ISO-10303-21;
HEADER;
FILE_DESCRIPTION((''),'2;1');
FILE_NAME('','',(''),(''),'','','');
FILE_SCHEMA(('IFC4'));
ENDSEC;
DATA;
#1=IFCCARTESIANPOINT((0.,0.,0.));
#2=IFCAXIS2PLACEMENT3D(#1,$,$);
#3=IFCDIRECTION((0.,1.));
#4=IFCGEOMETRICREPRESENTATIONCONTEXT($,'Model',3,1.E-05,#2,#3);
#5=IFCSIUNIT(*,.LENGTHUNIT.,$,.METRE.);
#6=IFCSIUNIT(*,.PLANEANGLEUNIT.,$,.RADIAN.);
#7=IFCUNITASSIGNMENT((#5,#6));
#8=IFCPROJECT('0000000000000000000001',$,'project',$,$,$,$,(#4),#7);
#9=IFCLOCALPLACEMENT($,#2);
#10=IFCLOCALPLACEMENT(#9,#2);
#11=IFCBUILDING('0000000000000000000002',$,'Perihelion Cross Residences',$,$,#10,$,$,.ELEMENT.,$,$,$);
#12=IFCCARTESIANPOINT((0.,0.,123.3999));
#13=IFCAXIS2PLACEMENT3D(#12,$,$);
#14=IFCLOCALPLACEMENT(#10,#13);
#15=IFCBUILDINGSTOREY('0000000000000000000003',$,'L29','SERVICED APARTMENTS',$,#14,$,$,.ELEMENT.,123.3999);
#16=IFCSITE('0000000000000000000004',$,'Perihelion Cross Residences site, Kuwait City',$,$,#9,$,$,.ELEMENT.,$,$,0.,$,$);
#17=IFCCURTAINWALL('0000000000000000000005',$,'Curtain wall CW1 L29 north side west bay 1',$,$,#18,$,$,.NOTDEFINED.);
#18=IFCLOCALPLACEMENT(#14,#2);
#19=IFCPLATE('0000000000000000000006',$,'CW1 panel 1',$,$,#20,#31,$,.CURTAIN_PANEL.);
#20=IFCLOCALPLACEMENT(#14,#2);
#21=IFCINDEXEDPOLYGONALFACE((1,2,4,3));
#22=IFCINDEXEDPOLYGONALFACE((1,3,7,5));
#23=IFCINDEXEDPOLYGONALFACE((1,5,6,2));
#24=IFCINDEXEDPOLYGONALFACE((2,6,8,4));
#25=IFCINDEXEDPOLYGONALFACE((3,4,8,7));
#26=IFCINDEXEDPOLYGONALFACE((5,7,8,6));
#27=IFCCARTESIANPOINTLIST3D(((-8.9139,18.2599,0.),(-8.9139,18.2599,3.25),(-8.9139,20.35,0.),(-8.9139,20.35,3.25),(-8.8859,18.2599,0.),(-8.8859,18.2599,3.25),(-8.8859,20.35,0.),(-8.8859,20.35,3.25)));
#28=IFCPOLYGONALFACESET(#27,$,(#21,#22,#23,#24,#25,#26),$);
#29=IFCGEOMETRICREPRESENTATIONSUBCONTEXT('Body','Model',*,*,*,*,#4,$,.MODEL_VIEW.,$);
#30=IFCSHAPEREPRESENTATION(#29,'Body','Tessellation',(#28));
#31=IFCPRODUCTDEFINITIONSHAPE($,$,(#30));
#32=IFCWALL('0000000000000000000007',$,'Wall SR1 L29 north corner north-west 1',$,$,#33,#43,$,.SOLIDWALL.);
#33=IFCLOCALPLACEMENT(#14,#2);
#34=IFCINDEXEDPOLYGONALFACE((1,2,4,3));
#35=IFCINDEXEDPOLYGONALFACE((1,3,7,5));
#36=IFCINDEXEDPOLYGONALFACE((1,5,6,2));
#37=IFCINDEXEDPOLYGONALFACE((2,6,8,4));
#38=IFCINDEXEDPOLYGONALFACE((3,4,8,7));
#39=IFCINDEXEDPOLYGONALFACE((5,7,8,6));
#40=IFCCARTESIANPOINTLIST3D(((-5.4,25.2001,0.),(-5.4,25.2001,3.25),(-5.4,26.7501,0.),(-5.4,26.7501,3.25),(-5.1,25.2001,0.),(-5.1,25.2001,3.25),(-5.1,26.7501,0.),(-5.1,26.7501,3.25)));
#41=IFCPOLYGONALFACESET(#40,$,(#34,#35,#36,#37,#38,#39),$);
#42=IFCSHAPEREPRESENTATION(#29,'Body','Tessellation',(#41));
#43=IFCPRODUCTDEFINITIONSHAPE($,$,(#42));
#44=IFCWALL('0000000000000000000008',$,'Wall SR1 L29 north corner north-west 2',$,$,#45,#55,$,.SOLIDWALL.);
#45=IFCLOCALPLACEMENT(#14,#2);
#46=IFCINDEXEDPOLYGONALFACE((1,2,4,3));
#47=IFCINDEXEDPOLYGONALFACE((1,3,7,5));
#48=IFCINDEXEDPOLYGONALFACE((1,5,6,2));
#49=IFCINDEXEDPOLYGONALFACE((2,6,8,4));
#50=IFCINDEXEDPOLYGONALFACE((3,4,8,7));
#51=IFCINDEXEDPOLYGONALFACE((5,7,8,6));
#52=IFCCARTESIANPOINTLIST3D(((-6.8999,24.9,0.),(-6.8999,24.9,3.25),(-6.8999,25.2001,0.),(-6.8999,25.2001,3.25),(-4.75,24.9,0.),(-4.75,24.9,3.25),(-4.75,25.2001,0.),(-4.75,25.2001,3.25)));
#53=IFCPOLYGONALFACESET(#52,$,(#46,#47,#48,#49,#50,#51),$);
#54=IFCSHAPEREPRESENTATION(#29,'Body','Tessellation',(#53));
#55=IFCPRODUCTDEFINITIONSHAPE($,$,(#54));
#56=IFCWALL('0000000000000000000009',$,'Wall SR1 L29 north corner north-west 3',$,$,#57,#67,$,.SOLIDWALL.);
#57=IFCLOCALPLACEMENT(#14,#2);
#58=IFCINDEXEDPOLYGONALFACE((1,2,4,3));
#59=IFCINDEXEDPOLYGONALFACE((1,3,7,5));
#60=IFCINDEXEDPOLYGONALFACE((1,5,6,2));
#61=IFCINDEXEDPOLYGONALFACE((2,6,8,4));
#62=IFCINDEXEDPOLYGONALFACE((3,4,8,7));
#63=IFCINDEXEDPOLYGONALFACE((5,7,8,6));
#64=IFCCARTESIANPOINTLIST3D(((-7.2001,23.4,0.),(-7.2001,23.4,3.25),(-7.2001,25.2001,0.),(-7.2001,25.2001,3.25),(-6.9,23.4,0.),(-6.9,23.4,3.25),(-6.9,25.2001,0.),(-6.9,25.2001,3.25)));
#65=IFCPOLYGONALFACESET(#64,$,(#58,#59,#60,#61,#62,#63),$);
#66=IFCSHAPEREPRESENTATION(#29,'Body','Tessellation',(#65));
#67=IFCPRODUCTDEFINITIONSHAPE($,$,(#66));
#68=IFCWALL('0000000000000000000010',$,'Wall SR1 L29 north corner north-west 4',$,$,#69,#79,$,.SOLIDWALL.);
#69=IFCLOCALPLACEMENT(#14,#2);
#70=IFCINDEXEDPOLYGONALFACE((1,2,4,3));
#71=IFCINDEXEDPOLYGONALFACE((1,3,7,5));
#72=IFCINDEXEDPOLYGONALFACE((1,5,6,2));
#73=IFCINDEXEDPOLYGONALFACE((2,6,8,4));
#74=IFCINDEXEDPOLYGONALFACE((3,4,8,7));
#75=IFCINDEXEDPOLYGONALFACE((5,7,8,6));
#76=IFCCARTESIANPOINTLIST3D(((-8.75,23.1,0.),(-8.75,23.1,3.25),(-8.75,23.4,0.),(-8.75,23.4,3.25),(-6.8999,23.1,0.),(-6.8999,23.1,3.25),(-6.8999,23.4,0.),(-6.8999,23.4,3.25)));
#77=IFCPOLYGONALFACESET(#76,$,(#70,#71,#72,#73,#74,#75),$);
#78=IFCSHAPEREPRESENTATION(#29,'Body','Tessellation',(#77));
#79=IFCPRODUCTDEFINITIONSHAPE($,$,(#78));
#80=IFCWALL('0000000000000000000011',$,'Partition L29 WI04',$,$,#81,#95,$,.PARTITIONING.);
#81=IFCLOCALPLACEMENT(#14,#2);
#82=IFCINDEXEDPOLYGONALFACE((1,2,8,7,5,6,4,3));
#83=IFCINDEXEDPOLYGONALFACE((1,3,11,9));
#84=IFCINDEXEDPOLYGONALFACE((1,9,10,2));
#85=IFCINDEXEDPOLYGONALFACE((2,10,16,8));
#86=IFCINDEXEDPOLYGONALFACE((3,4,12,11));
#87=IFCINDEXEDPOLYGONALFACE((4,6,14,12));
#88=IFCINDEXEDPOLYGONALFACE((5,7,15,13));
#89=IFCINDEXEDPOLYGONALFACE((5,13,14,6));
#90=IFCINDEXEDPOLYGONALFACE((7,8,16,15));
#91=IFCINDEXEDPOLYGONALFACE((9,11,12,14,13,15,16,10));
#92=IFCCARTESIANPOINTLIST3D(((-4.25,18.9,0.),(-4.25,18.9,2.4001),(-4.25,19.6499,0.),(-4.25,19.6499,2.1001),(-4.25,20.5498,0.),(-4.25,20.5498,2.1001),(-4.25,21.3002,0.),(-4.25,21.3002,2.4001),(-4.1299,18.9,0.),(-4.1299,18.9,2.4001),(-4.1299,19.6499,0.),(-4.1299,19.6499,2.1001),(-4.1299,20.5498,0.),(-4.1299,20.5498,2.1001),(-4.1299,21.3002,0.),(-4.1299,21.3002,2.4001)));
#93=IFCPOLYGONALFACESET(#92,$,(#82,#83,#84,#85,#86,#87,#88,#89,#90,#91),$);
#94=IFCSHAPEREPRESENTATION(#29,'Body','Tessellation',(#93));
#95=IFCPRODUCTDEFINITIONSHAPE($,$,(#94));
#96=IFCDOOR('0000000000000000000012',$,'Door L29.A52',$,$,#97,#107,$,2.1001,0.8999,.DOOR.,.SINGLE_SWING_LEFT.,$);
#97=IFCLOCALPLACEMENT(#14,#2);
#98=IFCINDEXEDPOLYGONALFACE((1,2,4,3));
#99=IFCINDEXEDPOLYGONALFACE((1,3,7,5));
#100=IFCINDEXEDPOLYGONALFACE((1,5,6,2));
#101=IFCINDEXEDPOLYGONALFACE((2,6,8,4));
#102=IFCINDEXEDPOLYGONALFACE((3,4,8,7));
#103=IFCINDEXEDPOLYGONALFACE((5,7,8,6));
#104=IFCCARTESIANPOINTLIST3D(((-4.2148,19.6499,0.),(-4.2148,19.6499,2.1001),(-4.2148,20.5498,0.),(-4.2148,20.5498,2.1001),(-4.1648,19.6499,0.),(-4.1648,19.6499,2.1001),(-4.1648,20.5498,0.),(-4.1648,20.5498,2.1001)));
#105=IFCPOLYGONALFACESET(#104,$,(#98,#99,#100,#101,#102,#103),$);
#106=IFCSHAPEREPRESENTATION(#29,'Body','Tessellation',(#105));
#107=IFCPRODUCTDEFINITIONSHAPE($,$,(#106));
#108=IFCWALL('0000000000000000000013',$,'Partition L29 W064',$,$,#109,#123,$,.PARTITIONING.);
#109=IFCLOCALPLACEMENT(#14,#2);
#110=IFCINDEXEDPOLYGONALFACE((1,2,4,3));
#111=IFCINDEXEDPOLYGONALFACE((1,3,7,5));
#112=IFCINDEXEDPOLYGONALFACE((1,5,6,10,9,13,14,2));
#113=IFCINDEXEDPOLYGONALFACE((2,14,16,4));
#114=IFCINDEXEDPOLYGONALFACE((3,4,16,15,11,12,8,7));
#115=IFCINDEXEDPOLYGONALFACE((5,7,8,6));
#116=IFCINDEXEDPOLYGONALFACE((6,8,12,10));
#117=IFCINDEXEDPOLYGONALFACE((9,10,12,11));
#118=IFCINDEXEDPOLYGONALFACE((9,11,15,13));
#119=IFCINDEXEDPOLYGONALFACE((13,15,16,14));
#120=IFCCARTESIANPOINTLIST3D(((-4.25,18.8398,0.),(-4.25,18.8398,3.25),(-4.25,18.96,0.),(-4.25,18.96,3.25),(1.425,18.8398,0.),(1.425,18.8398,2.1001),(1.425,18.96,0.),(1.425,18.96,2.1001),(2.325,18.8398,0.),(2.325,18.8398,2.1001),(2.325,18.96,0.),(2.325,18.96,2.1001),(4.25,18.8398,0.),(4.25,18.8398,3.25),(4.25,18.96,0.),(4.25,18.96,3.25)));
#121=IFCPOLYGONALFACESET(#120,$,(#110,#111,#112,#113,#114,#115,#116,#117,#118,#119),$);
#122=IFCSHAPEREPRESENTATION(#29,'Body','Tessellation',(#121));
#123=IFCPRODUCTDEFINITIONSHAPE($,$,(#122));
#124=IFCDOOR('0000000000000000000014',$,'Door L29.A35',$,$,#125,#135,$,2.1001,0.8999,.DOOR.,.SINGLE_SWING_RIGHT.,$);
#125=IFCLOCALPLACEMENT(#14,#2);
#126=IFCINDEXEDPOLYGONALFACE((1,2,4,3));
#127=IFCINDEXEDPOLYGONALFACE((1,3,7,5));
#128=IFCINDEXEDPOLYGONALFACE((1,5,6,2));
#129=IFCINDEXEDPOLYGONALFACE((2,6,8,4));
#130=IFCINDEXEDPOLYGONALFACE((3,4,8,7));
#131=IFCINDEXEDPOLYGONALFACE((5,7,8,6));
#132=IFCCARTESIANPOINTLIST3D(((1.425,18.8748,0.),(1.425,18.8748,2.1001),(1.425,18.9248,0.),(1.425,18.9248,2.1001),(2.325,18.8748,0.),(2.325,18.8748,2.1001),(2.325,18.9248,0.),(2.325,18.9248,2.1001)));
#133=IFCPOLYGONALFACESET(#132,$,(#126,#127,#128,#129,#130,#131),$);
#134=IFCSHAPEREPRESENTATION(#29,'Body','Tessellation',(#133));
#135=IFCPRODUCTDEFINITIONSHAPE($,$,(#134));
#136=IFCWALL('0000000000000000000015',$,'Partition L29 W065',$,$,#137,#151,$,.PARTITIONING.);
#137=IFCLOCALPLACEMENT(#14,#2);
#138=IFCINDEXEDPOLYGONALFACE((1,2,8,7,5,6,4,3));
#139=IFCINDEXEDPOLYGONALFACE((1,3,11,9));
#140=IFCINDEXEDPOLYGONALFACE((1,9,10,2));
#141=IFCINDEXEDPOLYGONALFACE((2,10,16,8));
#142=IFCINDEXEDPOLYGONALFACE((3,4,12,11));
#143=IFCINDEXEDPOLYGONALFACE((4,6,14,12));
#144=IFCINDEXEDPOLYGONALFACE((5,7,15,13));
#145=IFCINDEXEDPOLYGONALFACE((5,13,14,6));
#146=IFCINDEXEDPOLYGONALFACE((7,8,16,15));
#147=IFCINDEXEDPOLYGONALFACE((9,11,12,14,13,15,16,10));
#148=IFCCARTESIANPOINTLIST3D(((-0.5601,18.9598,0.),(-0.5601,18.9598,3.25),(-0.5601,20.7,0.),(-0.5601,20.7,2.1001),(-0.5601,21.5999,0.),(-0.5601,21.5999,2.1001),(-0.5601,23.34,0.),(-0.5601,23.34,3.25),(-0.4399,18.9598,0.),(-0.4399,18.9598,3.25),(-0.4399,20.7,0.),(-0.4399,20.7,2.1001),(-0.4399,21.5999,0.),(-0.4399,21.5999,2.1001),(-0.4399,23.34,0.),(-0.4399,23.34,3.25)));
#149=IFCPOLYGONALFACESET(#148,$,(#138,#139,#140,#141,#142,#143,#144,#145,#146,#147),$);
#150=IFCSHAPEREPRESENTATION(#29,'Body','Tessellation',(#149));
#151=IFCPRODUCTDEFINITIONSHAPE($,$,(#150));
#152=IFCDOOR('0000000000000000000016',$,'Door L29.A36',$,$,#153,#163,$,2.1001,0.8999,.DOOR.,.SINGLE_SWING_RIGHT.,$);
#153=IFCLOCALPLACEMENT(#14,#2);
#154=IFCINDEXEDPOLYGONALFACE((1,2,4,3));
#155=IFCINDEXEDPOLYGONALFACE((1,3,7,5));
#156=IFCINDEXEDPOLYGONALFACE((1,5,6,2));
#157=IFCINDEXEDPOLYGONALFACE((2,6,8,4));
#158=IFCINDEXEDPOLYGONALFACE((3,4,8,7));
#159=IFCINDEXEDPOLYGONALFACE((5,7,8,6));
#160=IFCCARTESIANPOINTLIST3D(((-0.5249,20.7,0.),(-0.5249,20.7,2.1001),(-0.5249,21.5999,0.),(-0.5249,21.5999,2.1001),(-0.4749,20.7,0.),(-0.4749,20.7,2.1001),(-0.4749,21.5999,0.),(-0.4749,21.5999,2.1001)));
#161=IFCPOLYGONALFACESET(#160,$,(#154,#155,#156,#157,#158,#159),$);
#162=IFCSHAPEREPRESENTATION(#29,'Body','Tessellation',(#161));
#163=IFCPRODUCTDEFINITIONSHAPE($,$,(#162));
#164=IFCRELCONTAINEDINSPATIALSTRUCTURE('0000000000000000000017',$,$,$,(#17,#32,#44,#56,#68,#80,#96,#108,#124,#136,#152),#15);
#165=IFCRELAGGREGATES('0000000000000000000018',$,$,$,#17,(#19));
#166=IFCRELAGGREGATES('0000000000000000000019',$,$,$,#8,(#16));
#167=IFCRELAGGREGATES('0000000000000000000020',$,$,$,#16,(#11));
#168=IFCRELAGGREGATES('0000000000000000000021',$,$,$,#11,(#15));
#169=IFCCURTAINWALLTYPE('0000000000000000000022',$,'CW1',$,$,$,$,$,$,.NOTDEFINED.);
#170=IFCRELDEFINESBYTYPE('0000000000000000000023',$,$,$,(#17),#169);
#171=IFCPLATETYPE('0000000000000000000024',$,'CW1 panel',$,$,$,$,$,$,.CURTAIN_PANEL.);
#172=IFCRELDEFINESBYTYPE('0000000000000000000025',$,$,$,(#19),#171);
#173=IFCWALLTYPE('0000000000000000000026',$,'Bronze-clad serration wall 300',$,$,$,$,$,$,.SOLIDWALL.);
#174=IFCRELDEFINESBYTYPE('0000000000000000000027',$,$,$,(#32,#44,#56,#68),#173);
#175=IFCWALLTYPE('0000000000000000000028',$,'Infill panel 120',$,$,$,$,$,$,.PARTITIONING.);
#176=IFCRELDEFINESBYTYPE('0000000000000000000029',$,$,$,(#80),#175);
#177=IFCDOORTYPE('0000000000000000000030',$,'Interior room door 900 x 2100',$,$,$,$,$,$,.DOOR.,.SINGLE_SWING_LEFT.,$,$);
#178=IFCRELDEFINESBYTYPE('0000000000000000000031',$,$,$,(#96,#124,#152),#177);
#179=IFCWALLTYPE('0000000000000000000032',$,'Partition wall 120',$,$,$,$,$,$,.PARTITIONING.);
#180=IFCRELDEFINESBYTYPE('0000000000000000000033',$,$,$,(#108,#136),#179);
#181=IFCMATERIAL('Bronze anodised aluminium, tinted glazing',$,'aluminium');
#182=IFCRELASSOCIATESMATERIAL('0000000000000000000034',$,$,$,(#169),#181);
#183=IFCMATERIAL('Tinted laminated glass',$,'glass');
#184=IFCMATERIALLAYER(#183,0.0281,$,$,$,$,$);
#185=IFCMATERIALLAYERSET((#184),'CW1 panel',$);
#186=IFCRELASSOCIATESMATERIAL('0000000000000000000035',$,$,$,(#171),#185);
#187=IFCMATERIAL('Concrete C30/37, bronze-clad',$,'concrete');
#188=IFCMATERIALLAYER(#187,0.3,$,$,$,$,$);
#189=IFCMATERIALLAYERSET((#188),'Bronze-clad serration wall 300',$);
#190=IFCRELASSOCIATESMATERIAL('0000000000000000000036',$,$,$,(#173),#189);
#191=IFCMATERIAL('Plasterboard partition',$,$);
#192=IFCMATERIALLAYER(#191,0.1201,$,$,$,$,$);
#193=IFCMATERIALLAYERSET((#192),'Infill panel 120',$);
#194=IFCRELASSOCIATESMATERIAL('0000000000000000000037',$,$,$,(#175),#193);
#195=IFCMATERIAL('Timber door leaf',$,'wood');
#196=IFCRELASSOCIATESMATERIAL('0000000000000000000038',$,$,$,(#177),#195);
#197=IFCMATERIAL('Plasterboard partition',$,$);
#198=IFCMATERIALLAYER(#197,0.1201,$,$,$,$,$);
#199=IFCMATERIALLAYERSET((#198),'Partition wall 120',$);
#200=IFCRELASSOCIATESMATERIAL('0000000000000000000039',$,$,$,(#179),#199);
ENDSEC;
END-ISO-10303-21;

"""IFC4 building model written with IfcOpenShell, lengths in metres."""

from ifc_helpers import new_model, si_unit, direction, frame, frame_2d, origin, origin_2d, place, context, subcontext, project, spatial, rectangle, extrude, material, layer, layer_set, type_object, element, fill, aggregate, save


model = new_model("IFC4")

# Units and contexts
model_context = context("Model", 3, precision=1e-05, world=origin(), true_north=direction((0.0, 1.0)))
body_context = subcontext(model_context, "Body", "Model", "MODEL_VIEW")
ifc_project = project(units=[si_unit("LENGTHUNIT", "METRE"), si_unit("PLANEANGLEUNIT", "RADIAN")], contexts=[model_context])

# Site, building, storey
site_placement = place(None, origin())
site = spatial("IfcSite", under=ifc_project, at=site_placement, Name="Perihelion Cross Residences site, Kuwait City", CompositionType="ELEMENT", RefElevation=0.0)
building_placement = place(site_placement, origin())
building = spatial("IfcBuilding", under=site, at=building_placement, Name="Perihelion Cross Residences", CompositionType="ELEMENT")
storey_placement = place(building_placement, frame((0.0, 0.0, 123.3999)))
storey = spatial("IfcBuildingStorey", under=building, at=storey_placement, Name="L29", Description="SERVICED APARTMENTS", CompositionType="ELEMENT", Elevation=123.3999)

# Curtain wall
ifc_material_1 = material(Name="Bronze anodised aluminium, tinted glazing", Category="aluminium")
curtain_wall_type = type_object("IfcCurtainWallType", Name="CW1", PredefinedType="NOTDEFINED", material=ifc_material_1)
curtain_wall_1_placement = place(storey_placement, origin())
curtain_wall_1 = element("IfcCurtainWall", 1, at=curtain_wall_1_placement, inside=storey, type_object=curtain_wall_type, Name="Curtain wall CW1 L29 north side west bay 1", PredefinedType="NOTDEFINED")

# Plate
ifc_material_2 = material(Name="Tinted laminated glass", Category="glass")
ifc_layer_1 = layer(ifc_material_2, 0.0281)
ifc_layer_set_1 = layer_set([ifc_layer_1], Name="CW1 panel")
plate_type = type_object("IfcPlateType", Name="CW1 panel", PredefinedType="CURTAIN_PANEL", material=ifc_layer_set_1)
plate_1_placement = place(storey_placement, frame((-8.8999, 19.3049, 0.0), z_axis=(0.0, 0.0, 1.0), x_axis=(0.0, -1.0, 0.0)))
plate_1 = element("IfcPlate", 2, at=plate_1_placement, type_object=plate_type, Name="CW1 panel 1", PredefinedType="CURTAIN_PANEL", context=body_context, shape_type="SweptSolid", body=[
    extrude(rectangle(XDim=2.0901, YDim=0.0281, at=origin_2d()), origin(), (0.0, 0.0, 1.0), 3.25),
])
aggregate(curtain_wall_1, [plate_1])

# Walls
ifc_material_3 = material(Name="Concrete C30/37, bronze-clad", Category="concrete")
ifc_layer_2 = layer(ifc_material_3, 0.3)
ifc_layer_set_2 = layer_set([ifc_layer_2], Name="Bronze-clad serration wall 300")
wall_type_1 = type_object("IfcWallType", Name="Bronze-clad serration wall 300", PredefinedType="SOLIDWALL", material=ifc_layer_set_2)
wall_1_placement = place(storey_placement, frame((-5.25, 26.75, 0.0), z_axis=(0.0, 0.0, 1.0), x_axis=(0.0, -1.0, 0.0)))
element("IfcWall", 3, at=wall_1_placement, inside=storey, type_object=wall_type_1, Name="Wall SR1 L29 north corner north-west 1", PredefinedType="SOLIDWALL", context=body_context, shape_type="SweptSolid", body=[
    extrude(rectangle(XDim=1.55, YDim=0.3, at=frame_2d((0.7749, 0.0))), origin(), (0.0, 0.0, 1.0), 3.25),
])
wall_2_placement = place(storey_placement, frame((-4.75, 25.05, 0.0), z_axis=(0.0, 0.0, 1.0), x_axis=(-1.0, 0.0, 0.0)))
element("IfcWall", 4, at=wall_2_placement, inside=storey, type_object=wall_type_1, Name="Wall SR1 L29 north corner north-west 2", PredefinedType="SOLIDWALL", context=body_context, shape_type="SweptSolid", body=[
    extrude(rectangle(XDim=2.1499, YDim=0.3, at=frame_2d((1.075, 0.0))), origin(), (0.0, 0.0, 1.0), 3.25),
])
wall_3_placement = place(storey_placement, frame((-7.05, 25.2, 0.0), z_axis=(0.0, 0.0, 1.0), x_axis=(0.0, -1.0, 0.0)))
element("IfcWall", 5, at=wall_3_placement, inside=storey, type_object=wall_type_1, Name="Wall SR1 L29 north corner north-west 3", PredefinedType="SOLIDWALL", context=body_context, shape_type="SweptSolid", body=[
    extrude(rectangle(XDim=1.8, YDim=0.3, at=frame_2d((0.8999, 0.0))), origin(), (0.0, 0.0, 1.0), 3.25),
])
wall_4_placement = place(storey_placement, frame((-6.8999, 23.25, 0.0), z_axis=(0.0, 0.0, 1.0), x_axis=(-1.0, 0.0, 0.0)))
element("IfcWall", 6, at=wall_4_placement, inside=storey, type_object=wall_type_1, Name="Wall SR1 L29 north corner north-west 4", PredefinedType="SOLIDWALL", context=body_context, shape_type="SweptSolid", body=[
    extrude(rectangle(XDim=1.8501, YDim=0.3, at=frame_2d((0.925, 0.0))), origin(), (0.0, 0.0, 1.0), 3.25),
])

# Walls, openings, doors
ifc_material_4 = material(Name="Plasterboard partition")
ifc_layer_3 = layer(ifc_material_4, 0.1201)
ifc_layer_set_3 = layer_set([ifc_layer_3], Name="Infill panel 120")
wall_type_2 = type_object("IfcWallType", Name="Infill panel 120", PredefinedType="PARTITIONING", material=ifc_layer_set_3)
wall_5_placement = place(storey_placement, frame((-4.1899, 18.8999, 0.0), z_axis=(0.0, 0.0, 1.0), x_axis=(0.0, 1.0, 0.0)))
wall_5 = element("IfcWall", 7, at=wall_5_placement, inside=storey, type_object=wall_type_2, Name="Partition L29 WI04", PredefinedType="PARTITIONING", context=body_context, shape_type="SweptSolid", body=[
    extrude(rectangle(XDim=2.4001, YDim=0.1201, at=frame_2d((1.2002, 0.0))), origin(), (0.0, 0.0, 1.0), 2.4001),
])
opening_1_placement = place(wall_5_placement, frame((0.75, 0.0, 0.0)))
opening_1 = element("IfcOpeningElement", 8, at=opening_1_placement, cuts=wall_5, PredefinedType="OPENING", context=body_context, shape_type="SweptSolid", body=[
    extrude(rectangle(XDim=0.8999, YDim=2.1001, at=frame_2d((0.45, 1.05))), frame((0.0, 0.0701, 0.0), z_axis=(0.0, -1.0, 0.0), x_axis=(1.0, 0.0, 0.0)), (0.0, 0.0, 1.0), 0.1401),
])
ifc_material_5 = material(Name="Timber door leaf", Category="wood")
door_type_1 = type_object("IfcDoorType", Name="Interior room door 900 x 2100", OperationType="SINGLE_SWING_LEFT", PredefinedType="DOOR", material=ifc_material_5)
door_1_placement = place(opening_1_placement, origin())
door_1 = element("IfcDoor", 9, at=door_1_placement, inside=storey, type_object=door_type_1, Name="Door L29.A52", OperationType="SINGLE_SWING_LEFT", OverallHeight=2.1001, OverallWidth=0.8999, PredefinedType="DOOR", context=body_context, shape_type="SweptSolid", body=[
    extrude(rectangle(XDim=0.8999, YDim=2.1001, at=frame_2d((0.45, 1.05))), frame((0.0, 0.0249, 0.0), z_axis=(0.0, -1.0, 0.0), x_axis=(1.0, 0.0, 0.0)), (0.0, 0.0, 1.0), 0.05),
])
fill(opening_1, door_1)
ifc_material_6 = material(Name="Plasterboard partition")
ifc_layer_4 = layer(ifc_material_6, 0.1201)
ifc_layer_set_4 = layer_set([ifc_layer_4], Name="Partition wall 120")
wall_type_3 = type_object("IfcWallType", Name="Partition wall 120", PredefinedType="PARTITIONING", material=ifc_layer_set_4)
wall_6_placement = place(storey_placement, frame((-4.25, 18.8999, 0.0), z_axis=(0.0, 0.0, 1.0), x_axis=(1.0, 0.0, 0.0)))
wall_6 = element("IfcWall", 10, at=wall_6_placement, inside=storey, type_object=wall_type_3, Name="Partition L29 W064", PredefinedType="PARTITIONING", context=body_context, shape_type="SweptSolid", body=[
    extrude(rectangle(XDim=8.5, YDim=0.1201, at=frame_2d((4.25, 0.0))), origin(), (0.0, 0.0, 1.0), 3.25),
])
opening_2_placement = place(wall_6_placement, frame((5.675, 0.0, 0.0)))
opening_2 = element("IfcOpeningElement", 11, at=opening_2_placement, cuts=wall_6, PredefinedType="OPENING", context=body_context, shape_type="SweptSolid", body=[
    extrude(rectangle(XDim=0.8999, YDim=2.1001, at=frame_2d((0.45, 1.05))), frame((0.0, 0.0701, 0.0), z_axis=(0.0, -1.0, 0.0), x_axis=(1.0, 0.0, 0.0)), (0.0, 0.0, 1.0), 0.1401),
])
door_2_placement = place(opening_2_placement, origin())
door_2 = element("IfcDoor", 12, at=door_2_placement, inside=storey, type_object=door_type_1, Name="Door L29.A35", OperationType="SINGLE_SWING_RIGHT", OverallHeight=2.1001, OverallWidth=0.8999, PredefinedType="DOOR", context=body_context, shape_type="SweptSolid", body=[
    extrude(rectangle(XDim=0.8999, YDim=2.1001, at=frame_2d((0.45, 1.05))), frame((0.0, 0.0249, 0.0), z_axis=(0.0, -1.0, 0.0), x_axis=(1.0, 0.0, 0.0)), (0.0, 0.0, 1.0), 0.05),
])
fill(opening_2, door_2)
wall_7_placement = place(storey_placement, frame((-0.5, 18.96, 0.0), z_axis=(0.0, 0.0, 1.0), x_axis=(0.0, 1.0, 0.0)))
wall_7 = element("IfcWall", 13, at=wall_7_placement, inside=storey, type_object=wall_type_3, Name="Partition L29 W065", PredefinedType="PARTITIONING", context=body_context, shape_type="SweptSolid", body=[
    extrude(rectangle(XDim=4.3801, YDim=0.1201, at=frame_2d((2.1899, 0.0))), origin(), (0.0, 0.0, 1.0), 3.25),
])
opening_3_placement = place(wall_7_placement, frame((1.74, 0.0, 0.0)))
opening_3 = element("IfcOpeningElement", 14, at=opening_3_placement, cuts=wall_7, PredefinedType="OPENING", context=body_context, shape_type="SweptSolid", body=[
    extrude(rectangle(XDim=0.8999, YDim=2.1001, at=frame_2d((0.45, 1.05))), frame((0.0, 0.0701, 0.0), z_axis=(0.0, -1.0, 0.0), x_axis=(1.0, 0.0, 0.0)), (0.0, 0.0, 1.0), 0.1401),
])
door_3_placement = place(opening_3_placement, origin())
door_3 = element("IfcDoor", 15, at=door_3_placement, inside=storey, type_object=door_type_1, Name="Door L29.A36", OperationType="SINGLE_SWING_RIGHT", OverallHeight=2.1001, OverallWidth=0.8999, PredefinedType="DOOR", context=body_context, shape_type="SweptSolid", body=[
    extrude(rectangle(XDim=0.8999, YDim=2.1001, at=frame_2d((0.45, 1.05))), frame((0.0, 0.0249, 0.0), z_axis=(0.0, -1.0, 0.0), x_axis=(1.0, 0.0, 0.0)), (0.0, 0.0, 1.0), 0.05),
])
fill(opening_3, door_3)

save(model, "model.ifc")
